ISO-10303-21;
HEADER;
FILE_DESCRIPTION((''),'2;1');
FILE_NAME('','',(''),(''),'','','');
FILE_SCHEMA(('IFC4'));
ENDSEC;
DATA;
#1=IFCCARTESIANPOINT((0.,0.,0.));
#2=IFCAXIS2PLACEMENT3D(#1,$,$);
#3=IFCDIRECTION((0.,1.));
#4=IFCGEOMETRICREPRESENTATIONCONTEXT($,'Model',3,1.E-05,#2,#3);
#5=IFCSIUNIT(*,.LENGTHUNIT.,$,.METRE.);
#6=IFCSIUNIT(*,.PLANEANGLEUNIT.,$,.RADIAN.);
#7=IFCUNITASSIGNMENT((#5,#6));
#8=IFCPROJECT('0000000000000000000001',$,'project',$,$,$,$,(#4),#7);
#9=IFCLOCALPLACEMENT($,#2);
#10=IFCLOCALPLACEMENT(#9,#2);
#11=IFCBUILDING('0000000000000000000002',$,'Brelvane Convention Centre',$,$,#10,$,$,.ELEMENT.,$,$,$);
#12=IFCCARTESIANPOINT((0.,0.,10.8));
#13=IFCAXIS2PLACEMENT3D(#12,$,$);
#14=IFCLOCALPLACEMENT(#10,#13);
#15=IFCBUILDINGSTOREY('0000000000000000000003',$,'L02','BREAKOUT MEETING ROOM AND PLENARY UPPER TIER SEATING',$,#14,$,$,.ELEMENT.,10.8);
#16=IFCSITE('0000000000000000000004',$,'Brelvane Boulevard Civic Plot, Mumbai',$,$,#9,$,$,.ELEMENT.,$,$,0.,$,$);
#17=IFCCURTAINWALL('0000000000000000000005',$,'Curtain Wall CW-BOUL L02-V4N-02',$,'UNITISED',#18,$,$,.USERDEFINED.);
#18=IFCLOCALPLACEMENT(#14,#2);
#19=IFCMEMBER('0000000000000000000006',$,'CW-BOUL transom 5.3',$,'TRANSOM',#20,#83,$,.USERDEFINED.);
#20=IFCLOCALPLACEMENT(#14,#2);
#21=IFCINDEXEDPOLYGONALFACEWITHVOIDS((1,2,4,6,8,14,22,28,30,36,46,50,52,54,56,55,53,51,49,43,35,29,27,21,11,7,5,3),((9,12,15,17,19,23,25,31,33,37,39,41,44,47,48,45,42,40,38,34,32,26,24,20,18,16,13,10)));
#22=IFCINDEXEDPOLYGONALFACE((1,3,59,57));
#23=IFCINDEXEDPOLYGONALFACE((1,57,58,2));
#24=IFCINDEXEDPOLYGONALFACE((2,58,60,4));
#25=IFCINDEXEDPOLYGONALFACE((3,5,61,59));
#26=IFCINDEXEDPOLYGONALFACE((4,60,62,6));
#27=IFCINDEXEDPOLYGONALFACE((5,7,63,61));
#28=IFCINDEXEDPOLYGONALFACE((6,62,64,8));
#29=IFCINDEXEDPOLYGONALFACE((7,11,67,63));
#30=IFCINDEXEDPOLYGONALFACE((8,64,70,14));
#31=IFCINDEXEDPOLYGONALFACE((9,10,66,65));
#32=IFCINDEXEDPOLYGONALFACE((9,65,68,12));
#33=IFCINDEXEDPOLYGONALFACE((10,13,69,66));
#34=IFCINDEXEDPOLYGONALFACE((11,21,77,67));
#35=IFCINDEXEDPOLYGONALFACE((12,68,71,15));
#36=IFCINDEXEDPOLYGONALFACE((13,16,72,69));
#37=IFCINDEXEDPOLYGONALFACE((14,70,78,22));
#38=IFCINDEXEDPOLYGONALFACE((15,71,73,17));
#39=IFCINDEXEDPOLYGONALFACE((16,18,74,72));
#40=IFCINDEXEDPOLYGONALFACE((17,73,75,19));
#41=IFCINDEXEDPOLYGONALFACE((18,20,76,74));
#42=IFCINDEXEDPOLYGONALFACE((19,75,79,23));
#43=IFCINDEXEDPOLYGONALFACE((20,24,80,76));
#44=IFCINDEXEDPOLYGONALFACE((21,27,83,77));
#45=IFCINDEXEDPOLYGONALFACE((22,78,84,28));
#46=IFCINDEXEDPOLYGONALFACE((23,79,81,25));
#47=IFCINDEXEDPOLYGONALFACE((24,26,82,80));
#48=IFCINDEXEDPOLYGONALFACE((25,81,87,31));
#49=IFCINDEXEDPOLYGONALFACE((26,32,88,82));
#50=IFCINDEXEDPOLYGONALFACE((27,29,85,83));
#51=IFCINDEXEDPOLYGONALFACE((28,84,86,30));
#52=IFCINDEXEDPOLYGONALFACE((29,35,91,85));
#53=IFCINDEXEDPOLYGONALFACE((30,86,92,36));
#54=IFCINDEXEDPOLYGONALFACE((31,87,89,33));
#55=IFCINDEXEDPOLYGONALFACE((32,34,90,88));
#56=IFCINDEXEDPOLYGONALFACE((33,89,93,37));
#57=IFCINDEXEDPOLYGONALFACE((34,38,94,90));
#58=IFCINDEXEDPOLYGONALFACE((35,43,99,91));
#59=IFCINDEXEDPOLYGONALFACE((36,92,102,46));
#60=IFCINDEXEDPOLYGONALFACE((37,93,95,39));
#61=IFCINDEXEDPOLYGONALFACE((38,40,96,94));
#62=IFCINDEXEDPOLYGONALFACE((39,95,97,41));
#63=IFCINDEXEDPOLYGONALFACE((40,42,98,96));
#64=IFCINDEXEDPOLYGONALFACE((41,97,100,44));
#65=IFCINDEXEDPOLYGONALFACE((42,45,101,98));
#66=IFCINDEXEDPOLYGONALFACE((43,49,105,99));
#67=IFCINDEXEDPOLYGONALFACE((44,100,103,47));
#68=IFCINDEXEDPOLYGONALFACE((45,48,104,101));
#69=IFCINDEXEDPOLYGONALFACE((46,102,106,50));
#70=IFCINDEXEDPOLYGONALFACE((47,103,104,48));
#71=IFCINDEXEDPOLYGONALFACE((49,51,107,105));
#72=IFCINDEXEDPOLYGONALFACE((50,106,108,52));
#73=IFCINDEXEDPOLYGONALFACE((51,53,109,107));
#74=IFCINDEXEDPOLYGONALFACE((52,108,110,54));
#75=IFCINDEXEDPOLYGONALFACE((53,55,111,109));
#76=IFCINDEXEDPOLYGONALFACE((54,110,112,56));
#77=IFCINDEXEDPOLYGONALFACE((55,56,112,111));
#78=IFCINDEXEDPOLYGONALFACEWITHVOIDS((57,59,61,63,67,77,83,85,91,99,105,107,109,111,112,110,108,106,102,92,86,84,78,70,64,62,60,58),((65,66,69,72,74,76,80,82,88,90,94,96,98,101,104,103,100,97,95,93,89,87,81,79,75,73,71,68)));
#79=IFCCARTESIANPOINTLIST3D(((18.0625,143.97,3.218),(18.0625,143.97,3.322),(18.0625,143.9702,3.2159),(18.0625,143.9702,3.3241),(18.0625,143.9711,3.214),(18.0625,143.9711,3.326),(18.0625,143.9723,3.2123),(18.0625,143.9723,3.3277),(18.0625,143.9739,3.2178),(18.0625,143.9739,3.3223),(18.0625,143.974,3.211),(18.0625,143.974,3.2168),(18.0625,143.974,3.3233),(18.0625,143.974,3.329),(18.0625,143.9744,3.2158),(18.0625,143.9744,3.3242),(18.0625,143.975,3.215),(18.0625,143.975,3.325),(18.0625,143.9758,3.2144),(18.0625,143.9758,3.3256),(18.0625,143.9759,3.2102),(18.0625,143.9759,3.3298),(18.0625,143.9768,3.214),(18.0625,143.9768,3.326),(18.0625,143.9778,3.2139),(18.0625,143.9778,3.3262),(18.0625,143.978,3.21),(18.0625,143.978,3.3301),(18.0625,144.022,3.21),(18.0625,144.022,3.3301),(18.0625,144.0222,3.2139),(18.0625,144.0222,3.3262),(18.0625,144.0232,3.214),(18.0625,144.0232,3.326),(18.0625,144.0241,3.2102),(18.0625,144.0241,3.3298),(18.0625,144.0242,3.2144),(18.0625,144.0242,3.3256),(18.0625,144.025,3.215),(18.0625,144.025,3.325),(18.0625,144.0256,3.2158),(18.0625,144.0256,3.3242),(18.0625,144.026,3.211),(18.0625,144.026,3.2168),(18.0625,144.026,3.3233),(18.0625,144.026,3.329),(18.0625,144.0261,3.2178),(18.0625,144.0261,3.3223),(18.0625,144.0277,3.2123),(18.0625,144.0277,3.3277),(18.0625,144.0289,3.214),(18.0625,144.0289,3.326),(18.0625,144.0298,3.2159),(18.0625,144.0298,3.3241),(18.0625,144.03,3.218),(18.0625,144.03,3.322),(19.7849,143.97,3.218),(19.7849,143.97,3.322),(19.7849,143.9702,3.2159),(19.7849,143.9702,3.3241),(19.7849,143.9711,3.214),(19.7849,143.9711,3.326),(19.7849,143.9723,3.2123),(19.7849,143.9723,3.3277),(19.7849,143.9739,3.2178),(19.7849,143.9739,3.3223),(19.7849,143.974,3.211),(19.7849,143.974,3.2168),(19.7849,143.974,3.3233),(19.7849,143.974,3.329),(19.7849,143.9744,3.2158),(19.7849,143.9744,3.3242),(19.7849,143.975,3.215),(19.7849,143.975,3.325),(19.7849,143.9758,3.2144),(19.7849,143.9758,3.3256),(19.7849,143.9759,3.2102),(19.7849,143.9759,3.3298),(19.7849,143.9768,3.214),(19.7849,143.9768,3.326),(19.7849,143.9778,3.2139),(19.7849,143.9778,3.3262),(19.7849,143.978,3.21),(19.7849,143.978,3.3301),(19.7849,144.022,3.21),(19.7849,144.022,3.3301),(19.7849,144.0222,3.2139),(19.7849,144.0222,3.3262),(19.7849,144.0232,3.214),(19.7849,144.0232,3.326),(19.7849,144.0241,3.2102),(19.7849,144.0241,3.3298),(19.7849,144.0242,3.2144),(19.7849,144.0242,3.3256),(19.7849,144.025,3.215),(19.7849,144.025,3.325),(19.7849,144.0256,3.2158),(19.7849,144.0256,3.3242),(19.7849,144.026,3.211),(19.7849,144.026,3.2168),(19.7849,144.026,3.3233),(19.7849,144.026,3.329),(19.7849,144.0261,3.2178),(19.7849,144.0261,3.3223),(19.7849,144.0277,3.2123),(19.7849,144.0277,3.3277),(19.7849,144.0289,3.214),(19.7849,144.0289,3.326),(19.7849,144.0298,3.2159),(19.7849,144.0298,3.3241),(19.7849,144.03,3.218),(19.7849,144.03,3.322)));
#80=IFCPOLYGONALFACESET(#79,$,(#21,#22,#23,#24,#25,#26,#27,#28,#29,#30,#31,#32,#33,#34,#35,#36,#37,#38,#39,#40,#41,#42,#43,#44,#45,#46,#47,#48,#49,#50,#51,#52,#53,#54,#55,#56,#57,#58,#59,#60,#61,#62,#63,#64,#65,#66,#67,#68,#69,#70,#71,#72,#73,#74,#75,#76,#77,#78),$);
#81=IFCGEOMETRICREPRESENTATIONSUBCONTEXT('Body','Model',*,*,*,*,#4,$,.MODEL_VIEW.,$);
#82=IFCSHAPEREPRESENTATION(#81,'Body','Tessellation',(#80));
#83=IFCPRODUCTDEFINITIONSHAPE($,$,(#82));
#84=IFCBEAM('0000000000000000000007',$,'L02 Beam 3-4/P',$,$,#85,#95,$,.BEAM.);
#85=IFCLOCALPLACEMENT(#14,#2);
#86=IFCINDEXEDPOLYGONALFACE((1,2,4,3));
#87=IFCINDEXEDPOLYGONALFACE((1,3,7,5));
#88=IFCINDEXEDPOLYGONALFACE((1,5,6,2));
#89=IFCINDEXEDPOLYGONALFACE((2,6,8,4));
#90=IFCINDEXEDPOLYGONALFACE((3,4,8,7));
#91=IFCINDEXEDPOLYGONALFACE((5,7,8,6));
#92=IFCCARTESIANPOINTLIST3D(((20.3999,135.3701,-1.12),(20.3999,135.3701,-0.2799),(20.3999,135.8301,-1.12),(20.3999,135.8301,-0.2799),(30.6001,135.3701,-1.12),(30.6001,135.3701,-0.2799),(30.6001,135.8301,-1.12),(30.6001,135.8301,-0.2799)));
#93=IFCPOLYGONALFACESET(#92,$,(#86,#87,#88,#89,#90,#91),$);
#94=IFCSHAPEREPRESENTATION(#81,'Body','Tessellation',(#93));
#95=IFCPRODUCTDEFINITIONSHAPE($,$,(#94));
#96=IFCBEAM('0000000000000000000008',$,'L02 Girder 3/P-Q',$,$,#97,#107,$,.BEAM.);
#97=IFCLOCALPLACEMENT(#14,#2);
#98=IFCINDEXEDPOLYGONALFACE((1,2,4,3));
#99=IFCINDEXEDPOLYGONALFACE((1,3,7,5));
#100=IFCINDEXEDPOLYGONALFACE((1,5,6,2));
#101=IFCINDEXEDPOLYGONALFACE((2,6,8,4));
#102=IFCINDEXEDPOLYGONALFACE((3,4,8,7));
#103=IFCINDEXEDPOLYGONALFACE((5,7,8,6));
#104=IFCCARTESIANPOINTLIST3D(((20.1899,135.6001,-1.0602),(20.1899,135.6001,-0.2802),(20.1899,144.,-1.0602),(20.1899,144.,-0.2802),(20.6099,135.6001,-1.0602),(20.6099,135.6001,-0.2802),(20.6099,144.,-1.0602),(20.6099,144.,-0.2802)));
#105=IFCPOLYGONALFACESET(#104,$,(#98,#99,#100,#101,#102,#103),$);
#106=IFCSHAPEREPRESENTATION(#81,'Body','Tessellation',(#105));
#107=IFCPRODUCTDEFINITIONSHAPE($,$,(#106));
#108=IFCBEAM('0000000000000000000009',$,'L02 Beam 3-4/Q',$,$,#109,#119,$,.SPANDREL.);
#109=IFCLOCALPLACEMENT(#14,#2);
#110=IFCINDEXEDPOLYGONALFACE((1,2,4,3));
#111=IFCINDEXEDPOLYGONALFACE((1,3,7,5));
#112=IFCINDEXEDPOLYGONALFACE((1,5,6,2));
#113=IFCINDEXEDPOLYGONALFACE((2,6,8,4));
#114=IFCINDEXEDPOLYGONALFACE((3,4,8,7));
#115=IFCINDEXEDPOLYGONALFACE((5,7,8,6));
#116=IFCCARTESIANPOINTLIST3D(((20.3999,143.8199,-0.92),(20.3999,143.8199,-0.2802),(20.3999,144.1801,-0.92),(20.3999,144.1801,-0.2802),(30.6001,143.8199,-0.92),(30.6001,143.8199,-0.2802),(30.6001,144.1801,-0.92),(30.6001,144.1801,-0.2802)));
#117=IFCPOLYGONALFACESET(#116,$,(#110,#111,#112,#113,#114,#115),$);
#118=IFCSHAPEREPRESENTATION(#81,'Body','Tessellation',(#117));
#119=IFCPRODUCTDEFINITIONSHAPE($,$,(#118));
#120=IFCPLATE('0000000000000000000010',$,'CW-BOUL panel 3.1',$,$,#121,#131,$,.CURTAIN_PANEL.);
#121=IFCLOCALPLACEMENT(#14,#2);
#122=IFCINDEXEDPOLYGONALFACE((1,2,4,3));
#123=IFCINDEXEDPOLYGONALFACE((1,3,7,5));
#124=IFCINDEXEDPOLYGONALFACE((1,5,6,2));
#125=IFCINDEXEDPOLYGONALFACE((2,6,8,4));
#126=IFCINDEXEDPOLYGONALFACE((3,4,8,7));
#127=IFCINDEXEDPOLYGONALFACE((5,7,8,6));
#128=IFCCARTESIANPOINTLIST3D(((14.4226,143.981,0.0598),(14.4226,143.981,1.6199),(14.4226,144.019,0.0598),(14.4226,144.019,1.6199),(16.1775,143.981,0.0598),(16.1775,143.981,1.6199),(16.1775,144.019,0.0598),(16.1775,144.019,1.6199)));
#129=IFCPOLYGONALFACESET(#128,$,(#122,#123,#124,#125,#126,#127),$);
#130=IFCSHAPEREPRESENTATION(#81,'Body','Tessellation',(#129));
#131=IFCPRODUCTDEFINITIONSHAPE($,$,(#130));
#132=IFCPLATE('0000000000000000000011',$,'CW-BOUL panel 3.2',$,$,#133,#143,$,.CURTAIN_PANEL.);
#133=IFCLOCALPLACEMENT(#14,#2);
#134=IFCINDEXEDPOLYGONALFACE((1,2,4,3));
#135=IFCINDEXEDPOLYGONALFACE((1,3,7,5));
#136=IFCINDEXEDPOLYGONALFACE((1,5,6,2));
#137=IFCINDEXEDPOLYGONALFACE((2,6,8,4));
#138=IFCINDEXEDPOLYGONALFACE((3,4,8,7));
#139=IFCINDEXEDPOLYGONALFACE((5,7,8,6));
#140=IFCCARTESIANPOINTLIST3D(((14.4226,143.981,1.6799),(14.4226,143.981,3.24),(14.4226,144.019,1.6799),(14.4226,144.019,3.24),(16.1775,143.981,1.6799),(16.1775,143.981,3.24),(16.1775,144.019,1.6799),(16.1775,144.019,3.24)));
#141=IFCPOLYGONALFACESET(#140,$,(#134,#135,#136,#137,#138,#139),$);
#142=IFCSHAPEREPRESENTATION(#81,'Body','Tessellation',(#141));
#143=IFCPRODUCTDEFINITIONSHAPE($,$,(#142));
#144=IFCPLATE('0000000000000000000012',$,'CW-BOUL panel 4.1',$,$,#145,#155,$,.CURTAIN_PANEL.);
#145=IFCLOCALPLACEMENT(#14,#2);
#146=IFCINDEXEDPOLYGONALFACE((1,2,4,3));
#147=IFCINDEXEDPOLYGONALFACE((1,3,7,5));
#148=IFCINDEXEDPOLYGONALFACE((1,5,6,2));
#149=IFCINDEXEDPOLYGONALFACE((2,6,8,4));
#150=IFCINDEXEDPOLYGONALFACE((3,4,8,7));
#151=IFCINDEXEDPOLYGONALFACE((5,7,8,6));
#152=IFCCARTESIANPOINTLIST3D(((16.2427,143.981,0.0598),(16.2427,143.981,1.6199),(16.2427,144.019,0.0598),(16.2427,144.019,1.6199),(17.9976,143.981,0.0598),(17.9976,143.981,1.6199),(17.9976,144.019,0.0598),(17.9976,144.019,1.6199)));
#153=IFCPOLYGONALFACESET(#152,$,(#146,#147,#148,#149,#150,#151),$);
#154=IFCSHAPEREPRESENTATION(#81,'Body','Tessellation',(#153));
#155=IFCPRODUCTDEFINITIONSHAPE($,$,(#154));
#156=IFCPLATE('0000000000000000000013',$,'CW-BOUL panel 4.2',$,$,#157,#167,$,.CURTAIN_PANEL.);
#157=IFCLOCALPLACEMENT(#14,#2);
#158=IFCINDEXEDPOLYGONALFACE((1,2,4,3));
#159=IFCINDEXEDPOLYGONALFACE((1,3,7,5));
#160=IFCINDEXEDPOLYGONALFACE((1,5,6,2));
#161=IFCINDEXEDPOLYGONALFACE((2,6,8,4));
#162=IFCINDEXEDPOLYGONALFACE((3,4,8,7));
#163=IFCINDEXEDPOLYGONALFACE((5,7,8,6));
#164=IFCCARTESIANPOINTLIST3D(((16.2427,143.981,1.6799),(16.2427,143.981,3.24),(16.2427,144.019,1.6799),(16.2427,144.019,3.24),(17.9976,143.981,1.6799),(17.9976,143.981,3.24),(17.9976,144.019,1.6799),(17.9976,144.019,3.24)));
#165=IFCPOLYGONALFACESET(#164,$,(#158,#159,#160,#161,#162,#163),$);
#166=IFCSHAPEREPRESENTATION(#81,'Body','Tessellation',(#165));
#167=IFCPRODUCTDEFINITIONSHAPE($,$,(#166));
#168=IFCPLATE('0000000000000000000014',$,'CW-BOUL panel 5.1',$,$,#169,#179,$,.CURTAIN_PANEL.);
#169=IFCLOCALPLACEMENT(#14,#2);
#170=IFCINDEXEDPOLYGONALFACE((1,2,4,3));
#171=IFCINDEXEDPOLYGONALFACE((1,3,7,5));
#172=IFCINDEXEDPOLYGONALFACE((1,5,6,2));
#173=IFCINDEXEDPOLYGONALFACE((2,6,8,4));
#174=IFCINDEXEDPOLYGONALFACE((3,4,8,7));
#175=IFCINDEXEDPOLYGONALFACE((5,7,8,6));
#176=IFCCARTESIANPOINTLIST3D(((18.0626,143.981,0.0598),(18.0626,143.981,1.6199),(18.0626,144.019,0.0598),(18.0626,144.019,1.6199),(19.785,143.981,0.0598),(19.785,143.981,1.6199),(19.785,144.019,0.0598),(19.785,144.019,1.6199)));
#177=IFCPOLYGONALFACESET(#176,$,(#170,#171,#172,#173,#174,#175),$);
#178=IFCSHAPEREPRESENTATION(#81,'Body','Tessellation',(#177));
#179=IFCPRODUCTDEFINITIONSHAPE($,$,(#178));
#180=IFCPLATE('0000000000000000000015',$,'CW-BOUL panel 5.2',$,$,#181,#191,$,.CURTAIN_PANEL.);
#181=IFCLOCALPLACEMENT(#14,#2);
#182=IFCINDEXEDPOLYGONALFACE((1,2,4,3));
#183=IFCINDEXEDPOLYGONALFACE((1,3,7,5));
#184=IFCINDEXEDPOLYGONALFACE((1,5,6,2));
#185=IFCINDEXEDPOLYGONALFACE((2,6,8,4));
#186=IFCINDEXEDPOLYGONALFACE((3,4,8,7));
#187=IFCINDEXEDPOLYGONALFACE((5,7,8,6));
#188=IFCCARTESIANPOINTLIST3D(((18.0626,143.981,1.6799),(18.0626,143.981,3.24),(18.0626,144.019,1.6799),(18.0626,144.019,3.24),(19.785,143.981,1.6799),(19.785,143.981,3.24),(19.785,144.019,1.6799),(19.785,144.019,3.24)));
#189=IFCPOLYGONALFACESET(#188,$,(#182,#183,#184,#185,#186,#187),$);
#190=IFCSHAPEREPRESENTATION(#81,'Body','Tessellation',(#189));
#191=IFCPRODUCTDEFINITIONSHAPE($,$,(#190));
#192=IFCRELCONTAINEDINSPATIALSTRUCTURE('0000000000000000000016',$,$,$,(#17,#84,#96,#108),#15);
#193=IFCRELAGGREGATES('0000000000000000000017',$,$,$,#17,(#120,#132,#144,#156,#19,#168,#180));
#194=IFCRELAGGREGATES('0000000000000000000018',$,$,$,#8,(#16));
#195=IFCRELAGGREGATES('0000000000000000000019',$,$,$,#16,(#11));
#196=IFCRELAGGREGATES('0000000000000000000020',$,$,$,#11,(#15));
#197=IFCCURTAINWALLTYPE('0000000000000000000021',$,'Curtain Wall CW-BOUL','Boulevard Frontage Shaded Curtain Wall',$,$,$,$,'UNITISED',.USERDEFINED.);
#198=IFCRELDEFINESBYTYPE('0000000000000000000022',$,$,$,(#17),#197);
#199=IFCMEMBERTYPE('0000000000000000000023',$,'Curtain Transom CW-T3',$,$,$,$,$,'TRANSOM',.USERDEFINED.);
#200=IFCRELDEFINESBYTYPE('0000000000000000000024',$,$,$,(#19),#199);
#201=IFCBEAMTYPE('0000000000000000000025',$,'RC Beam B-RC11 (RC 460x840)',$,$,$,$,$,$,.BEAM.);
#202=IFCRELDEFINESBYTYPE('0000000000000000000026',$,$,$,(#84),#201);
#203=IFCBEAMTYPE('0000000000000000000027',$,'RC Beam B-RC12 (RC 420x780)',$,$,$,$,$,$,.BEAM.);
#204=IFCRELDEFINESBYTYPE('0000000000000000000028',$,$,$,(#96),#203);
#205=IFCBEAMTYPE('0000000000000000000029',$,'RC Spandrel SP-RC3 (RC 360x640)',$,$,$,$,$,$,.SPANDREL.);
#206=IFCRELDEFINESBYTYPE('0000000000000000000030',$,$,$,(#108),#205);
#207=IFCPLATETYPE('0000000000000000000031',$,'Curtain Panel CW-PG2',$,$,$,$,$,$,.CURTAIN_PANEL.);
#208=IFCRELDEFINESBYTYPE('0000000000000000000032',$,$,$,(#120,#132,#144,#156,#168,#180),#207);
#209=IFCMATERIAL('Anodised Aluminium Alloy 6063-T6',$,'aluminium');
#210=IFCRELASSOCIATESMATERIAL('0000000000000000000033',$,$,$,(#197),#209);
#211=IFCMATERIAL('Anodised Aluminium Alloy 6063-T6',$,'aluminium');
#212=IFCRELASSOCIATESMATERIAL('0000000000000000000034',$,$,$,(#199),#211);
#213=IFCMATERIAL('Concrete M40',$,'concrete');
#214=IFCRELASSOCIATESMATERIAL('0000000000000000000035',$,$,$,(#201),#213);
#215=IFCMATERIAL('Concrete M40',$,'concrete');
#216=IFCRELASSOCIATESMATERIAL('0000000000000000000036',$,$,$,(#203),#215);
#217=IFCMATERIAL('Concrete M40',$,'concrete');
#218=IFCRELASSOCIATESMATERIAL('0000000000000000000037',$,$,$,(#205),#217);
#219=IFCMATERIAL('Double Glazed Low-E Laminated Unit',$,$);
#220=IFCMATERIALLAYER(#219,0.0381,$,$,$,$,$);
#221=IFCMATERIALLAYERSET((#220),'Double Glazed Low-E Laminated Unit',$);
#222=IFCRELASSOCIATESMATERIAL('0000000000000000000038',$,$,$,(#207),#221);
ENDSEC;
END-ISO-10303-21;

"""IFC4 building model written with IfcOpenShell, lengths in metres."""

from ifc_helpers import new_model, si_unit, direction, frame, origin, origin_2d, place, context, subcontext, project, spatial, rectangle, hollow_rectangle, extrude, material, layer, layer_set, material_profile, profile_set, type_object, element, aggregate, save


model = new_model("IFC4")

# Units and contexts
model_context = context("Model", 3, precision=1e-05, world=origin(), true_north=direction((0.0, 1.0)))
body_context = subcontext(model_context, "Body", "Model", "MODEL_VIEW")
ifc_project = project(units=[si_unit("LENGTHUNIT", "METRE"), si_unit("PLANEANGLEUNIT", "RADIAN")], contexts=[model_context])

# Site, building, storey
site_placement = place(None, origin())
site = spatial("IfcSite", under=ifc_project, at=site_placement, Name="Brelvane Boulevard Civic Plot, Mumbai", CompositionType="ELEMENT", RefElevation=0.0)
building_placement = place(site_placement, origin())
building = spatial("IfcBuilding", under=site, at=building_placement, Name="Brelvane Convention Centre", CompositionType="ELEMENT")
storey_placement = place(building_placement, frame((0.0, 0.0, 10.8)))
storey = spatial("IfcBuildingStorey", under=building, at=storey_placement, Name="L02", Description="BREAKOUT MEETING ROOM AND PLENARY UPPER TIER SEATING", CompositionType="ELEMENT", Elevation=10.8)

# Curtain wall, member
ifc_material_1 = material(Name="Anodised Aluminium Alloy 6063-T6", Category="aluminium")
curtain_wall_type = type_object("IfcCurtainWallType", Name="Curtain Wall CW-BOUL", Description="Boulevard Frontage Shaded Curtain Wall", ElementType="UNITISED", PredefinedType="USERDEFINED", material=ifc_material_1)
curtain_wall_placement = place(storey_placement, origin())
curtain_wall = element("IfcCurtainWall", 1, at=curtain_wall_placement, inside=storey, type_object=curtain_wall_type, Name="Curtain Wall CW-BOUL L02-V4N-02", ObjectType="UNITISED", PredefinedType="USERDEFINED")
ifc_material_2 = material(Name="Anodised Aluminium Alloy 6063-T6", Category="aluminium")
ifc_material_profile_1 = material_profile(ifc_material_2, hollow_rectangle(XDim=0.0601, YDim=0.1201, WallThickness=0.0039, InnerFilletRadius=0.0039, OuterFilletRadius=0.0081, at=origin_2d()), Name="ALU-T 120x60x4.0")
ifc_profile_set_1 = profile_set([ifc_material_profile_1], Name="Anodised Aluminium Alloy 6063-T6")
member_type_1 = type_object("IfcMemberType", Name="Curtain Transom CW-T3", ElementType="TRANSOM", PredefinedType="USERDEFINED", material=ifc_profile_set_1)
member_1_placement = place(storey_placement, frame((18.0625, 144.0, 3.27), z_axis=(1.0, 0.0, 0.0), x_axis=(0.0, 1.0, 0.0)))
member_1 = element("IfcMember", 2, at=member_1_placement, type_object=member_type_1, Name="CW-BOUL transom 5.3", ObjectType="TRANSOM", PredefinedType="USERDEFINED", context=body_context, shape_type="SweptSolid", body=[
    extrude(hollow_rectangle(XDim=0.0601, YDim=0.1201, WallThickness=0.0039, InnerFilletRadius=0.0039, OuterFilletRadius=0.0081, at=origin_2d()), origin(), (0.0, 0.0, 1.0), 1.7224),
])

# Beams
ifc_material_3 = material(Name="Concrete M40", Category="concrete")
ifc_material_profile_2 = material_profile(ifc_material_3, rectangle(XDim=0.46, YDim=0.8401, at=origin_2d()), Name="RC 460x840")
ifc_profile_set_2 = profile_set([ifc_material_profile_2], Name="Concrete M40")
beam_type_1 = type_object("IfcBeamType", Name="RC Beam B-RC11 (RC 460x840)", PredefinedType="BEAM", material=ifc_profile_set_2)
beam_1_placement = place(storey_placement, frame((20.3999, 135.6001, -0.7), z_axis=(1.0, 0.0, 0.0), x_axis=(0.0, 1.0, 0.0)))
element("IfcBeam", 3, at=beam_1_placement, inside=storey, type_object=beam_type_1, Name="L02 Beam 3-4/P", PredefinedType="BEAM", context=body_context, shape_type="SweptSolid", body=[
    extrude(rectangle(XDim=0.46, YDim=0.8401, at=origin_2d()), origin(), (0.0, 0.0, 1.0), 10.2002),
])
ifc_material_4 = material(Name="Concrete M40", Category="concrete")
ifc_material_profile_3 = material_profile(ifc_material_4, rectangle(XDim=0.4199, YDim=0.78, at=origin_2d()), Name="RC 420x780")
ifc_profile_set_3 = profile_set([ifc_material_profile_3], Name="Concrete M40")
beam_type_2 = type_object("IfcBeamType", Name="RC Beam B-RC12 (RC 420x780)", PredefinedType="BEAM", material=ifc_profile_set_3)
beam_2_placement = place(storey_placement, frame((20.3999, 135.6001, -0.6702), z_axis=(0.0, 1.0, 0.0), x_axis=(-1.0, 0.0, 0.0)))
element("IfcBeam", 4, at=beam_2_placement, inside=storey, type_object=beam_type_2, Name="L02 Girder 3/P-Q", PredefinedType="BEAM", context=body_context, shape_type="SweptSolid", body=[
    extrude(rectangle(XDim=0.4199, YDim=0.78, at=origin_2d()), origin(), (0.0, 0.0, 1.0), 8.3999),
])
ifc_material_5 = material(Name="Concrete M40", Category="concrete")
ifc_material_profile_4 = material_profile(ifc_material_5, rectangle(XDim=0.3601, YDim=0.6399, at=origin_2d()), Name="RC 360x640")
ifc_profile_set_4 = profile_set([ifc_material_profile_4], Name="Concrete M40")
beam_type_3 = type_object("IfcBeamType", Name="RC Spandrel SP-RC3 (RC 360x640)", PredefinedType="SPANDREL", material=ifc_profile_set_4)
beam_3_placement = place(storey_placement, frame((20.3999, 144.0, -0.6001), z_axis=(1.0, 0.0, 0.0), x_axis=(0.0, 1.0, 0.0)))
element("IfcBeam", 5, at=beam_3_placement, inside=storey, type_object=beam_type_3, Name="L02 Beam 3-4/Q", PredefinedType="SPANDREL", context=body_context, shape_type="SweptSolid", body=[
    extrude(rectangle(XDim=0.3601, YDim=0.6399, at=origin_2d()), origin(), (0.0, 0.0, 1.0), 10.2002),
])

# Plates
ifc_material_6 = material(Name="Double Glazed Low-E Laminated Unit")
ifc_layer_1 = layer(ifc_material_6, 0.0381)
ifc_layer_set_1 = layer_set([ifc_layer_1], Name="Double Glazed Low-E Laminated Unit")
plate_type_1 = type_object("IfcPlateType", Name="Curtain Panel CW-PG2", PredefinedType="CURTAIN_PANEL", material=ifc_layer_set_1)
plate_1_placement = place(storey_placement, frame((15.3, 144.0, 0.0598), z_axis=(0.0, 0.0, 1.0), x_axis=(1.0, 0.0, 0.0)))
plate_1 = element("IfcPlate", 6, at=plate_1_placement, type_object=plate_type_1, Name="CW-BOUL panel 3.1", PredefinedType="CURTAIN_PANEL", context=body_context, shape_type="SweptSolid", body=[
    extrude(rectangle(XDim=1.7549, YDim=0.0381, at=origin_2d()), origin(), (0.0, 0.0, 1.0), 1.5601),
])
plate_2_placement = place(storey_placement, frame((15.3, 144.0, 1.6799), z_axis=(0.0, 0.0, 1.0), x_axis=(1.0, 0.0, 0.0)))
plate_2 = element("IfcPlate", 7, at=plate_2_placement, type_object=plate_type_1, Name="CW-BOUL panel 3.2", PredefinedType="CURTAIN_PANEL", context=body_context, shape_type="SweptSolid", body=[
    extrude(rectangle(XDim=1.7549, YDim=0.0381, at=origin_2d()), origin(), (0.0, 0.0, 1.0), 1.5601),
])
plate_3_placement = place(storey_placement, frame((17.1201, 144.0, 0.0598), z_axis=(0.0, 0.0, 1.0), x_axis=(1.0, 0.0, 0.0)))
plate_3 = element("IfcPlate", 8, at=plate_3_placement, type_object=plate_type_1, Name="CW-BOUL panel 4.1", PredefinedType="CURTAIN_PANEL", context=body_context, shape_type="SweptSolid", body=[
    extrude(rectangle(XDim=1.7549, YDim=0.0381, at=origin_2d()), origin(), (0.0, 0.0, 1.0), 1.5601),
])
plate_4_placement = place(storey_placement, frame((17.1201, 144.0, 1.6799), z_axis=(0.0, 0.0, 1.0), x_axis=(1.0, 0.0, 0.0)))
plate_4 = element("IfcPlate", 9, at=plate_4_placement, type_object=plate_type_1, Name="CW-BOUL panel 4.2", PredefinedType="CURTAIN_PANEL", context=body_context, shape_type="SweptSolid", body=[
    extrude(rectangle(XDim=1.7549, YDim=0.0381, at=origin_2d()), origin(), (0.0, 0.0, 1.0), 1.5601),
])
plate_5_placement = place(storey_placement, frame((18.9238, 144.0, 0.0598), z_axis=(0.0, 0.0, 1.0), x_axis=(1.0, 0.0, 0.0)))
plate_5 = element("IfcPlate", 10, at=plate_5_placement, type_object=plate_type_1, Name="CW-BOUL panel 5.1", PredefinedType="CURTAIN_PANEL", context=body_context, shape_type="SweptSolid", body=[
    extrude(rectangle(XDim=1.7224, YDim=0.0381, at=origin_2d()), origin(), (0.0, 0.0, 1.0), 1.5601),
])
plate_6_placement = place(storey_placement, frame((18.9238, 144.0, 1.6799), z_axis=(0.0, 0.0, 1.0), x_axis=(1.0, 0.0, 0.0)))
plate_6 = element("IfcPlate", 11, at=plate_6_placement, type_object=plate_type_1, Name="CW-BOUL panel 5.2", PredefinedType="CURTAIN_PANEL", context=body_context, shape_type="SweptSolid", body=[
    extrude(rectangle(XDim=1.7224, YDim=0.0381, at=origin_2d()), origin(), (0.0, 0.0, 1.0), 1.5601),
])
aggregate(curtain_wall, [plate_1, plate_2, plate_3, plate_4, member_1, plate_5, plate_6])

save(model, "model.ifc")
